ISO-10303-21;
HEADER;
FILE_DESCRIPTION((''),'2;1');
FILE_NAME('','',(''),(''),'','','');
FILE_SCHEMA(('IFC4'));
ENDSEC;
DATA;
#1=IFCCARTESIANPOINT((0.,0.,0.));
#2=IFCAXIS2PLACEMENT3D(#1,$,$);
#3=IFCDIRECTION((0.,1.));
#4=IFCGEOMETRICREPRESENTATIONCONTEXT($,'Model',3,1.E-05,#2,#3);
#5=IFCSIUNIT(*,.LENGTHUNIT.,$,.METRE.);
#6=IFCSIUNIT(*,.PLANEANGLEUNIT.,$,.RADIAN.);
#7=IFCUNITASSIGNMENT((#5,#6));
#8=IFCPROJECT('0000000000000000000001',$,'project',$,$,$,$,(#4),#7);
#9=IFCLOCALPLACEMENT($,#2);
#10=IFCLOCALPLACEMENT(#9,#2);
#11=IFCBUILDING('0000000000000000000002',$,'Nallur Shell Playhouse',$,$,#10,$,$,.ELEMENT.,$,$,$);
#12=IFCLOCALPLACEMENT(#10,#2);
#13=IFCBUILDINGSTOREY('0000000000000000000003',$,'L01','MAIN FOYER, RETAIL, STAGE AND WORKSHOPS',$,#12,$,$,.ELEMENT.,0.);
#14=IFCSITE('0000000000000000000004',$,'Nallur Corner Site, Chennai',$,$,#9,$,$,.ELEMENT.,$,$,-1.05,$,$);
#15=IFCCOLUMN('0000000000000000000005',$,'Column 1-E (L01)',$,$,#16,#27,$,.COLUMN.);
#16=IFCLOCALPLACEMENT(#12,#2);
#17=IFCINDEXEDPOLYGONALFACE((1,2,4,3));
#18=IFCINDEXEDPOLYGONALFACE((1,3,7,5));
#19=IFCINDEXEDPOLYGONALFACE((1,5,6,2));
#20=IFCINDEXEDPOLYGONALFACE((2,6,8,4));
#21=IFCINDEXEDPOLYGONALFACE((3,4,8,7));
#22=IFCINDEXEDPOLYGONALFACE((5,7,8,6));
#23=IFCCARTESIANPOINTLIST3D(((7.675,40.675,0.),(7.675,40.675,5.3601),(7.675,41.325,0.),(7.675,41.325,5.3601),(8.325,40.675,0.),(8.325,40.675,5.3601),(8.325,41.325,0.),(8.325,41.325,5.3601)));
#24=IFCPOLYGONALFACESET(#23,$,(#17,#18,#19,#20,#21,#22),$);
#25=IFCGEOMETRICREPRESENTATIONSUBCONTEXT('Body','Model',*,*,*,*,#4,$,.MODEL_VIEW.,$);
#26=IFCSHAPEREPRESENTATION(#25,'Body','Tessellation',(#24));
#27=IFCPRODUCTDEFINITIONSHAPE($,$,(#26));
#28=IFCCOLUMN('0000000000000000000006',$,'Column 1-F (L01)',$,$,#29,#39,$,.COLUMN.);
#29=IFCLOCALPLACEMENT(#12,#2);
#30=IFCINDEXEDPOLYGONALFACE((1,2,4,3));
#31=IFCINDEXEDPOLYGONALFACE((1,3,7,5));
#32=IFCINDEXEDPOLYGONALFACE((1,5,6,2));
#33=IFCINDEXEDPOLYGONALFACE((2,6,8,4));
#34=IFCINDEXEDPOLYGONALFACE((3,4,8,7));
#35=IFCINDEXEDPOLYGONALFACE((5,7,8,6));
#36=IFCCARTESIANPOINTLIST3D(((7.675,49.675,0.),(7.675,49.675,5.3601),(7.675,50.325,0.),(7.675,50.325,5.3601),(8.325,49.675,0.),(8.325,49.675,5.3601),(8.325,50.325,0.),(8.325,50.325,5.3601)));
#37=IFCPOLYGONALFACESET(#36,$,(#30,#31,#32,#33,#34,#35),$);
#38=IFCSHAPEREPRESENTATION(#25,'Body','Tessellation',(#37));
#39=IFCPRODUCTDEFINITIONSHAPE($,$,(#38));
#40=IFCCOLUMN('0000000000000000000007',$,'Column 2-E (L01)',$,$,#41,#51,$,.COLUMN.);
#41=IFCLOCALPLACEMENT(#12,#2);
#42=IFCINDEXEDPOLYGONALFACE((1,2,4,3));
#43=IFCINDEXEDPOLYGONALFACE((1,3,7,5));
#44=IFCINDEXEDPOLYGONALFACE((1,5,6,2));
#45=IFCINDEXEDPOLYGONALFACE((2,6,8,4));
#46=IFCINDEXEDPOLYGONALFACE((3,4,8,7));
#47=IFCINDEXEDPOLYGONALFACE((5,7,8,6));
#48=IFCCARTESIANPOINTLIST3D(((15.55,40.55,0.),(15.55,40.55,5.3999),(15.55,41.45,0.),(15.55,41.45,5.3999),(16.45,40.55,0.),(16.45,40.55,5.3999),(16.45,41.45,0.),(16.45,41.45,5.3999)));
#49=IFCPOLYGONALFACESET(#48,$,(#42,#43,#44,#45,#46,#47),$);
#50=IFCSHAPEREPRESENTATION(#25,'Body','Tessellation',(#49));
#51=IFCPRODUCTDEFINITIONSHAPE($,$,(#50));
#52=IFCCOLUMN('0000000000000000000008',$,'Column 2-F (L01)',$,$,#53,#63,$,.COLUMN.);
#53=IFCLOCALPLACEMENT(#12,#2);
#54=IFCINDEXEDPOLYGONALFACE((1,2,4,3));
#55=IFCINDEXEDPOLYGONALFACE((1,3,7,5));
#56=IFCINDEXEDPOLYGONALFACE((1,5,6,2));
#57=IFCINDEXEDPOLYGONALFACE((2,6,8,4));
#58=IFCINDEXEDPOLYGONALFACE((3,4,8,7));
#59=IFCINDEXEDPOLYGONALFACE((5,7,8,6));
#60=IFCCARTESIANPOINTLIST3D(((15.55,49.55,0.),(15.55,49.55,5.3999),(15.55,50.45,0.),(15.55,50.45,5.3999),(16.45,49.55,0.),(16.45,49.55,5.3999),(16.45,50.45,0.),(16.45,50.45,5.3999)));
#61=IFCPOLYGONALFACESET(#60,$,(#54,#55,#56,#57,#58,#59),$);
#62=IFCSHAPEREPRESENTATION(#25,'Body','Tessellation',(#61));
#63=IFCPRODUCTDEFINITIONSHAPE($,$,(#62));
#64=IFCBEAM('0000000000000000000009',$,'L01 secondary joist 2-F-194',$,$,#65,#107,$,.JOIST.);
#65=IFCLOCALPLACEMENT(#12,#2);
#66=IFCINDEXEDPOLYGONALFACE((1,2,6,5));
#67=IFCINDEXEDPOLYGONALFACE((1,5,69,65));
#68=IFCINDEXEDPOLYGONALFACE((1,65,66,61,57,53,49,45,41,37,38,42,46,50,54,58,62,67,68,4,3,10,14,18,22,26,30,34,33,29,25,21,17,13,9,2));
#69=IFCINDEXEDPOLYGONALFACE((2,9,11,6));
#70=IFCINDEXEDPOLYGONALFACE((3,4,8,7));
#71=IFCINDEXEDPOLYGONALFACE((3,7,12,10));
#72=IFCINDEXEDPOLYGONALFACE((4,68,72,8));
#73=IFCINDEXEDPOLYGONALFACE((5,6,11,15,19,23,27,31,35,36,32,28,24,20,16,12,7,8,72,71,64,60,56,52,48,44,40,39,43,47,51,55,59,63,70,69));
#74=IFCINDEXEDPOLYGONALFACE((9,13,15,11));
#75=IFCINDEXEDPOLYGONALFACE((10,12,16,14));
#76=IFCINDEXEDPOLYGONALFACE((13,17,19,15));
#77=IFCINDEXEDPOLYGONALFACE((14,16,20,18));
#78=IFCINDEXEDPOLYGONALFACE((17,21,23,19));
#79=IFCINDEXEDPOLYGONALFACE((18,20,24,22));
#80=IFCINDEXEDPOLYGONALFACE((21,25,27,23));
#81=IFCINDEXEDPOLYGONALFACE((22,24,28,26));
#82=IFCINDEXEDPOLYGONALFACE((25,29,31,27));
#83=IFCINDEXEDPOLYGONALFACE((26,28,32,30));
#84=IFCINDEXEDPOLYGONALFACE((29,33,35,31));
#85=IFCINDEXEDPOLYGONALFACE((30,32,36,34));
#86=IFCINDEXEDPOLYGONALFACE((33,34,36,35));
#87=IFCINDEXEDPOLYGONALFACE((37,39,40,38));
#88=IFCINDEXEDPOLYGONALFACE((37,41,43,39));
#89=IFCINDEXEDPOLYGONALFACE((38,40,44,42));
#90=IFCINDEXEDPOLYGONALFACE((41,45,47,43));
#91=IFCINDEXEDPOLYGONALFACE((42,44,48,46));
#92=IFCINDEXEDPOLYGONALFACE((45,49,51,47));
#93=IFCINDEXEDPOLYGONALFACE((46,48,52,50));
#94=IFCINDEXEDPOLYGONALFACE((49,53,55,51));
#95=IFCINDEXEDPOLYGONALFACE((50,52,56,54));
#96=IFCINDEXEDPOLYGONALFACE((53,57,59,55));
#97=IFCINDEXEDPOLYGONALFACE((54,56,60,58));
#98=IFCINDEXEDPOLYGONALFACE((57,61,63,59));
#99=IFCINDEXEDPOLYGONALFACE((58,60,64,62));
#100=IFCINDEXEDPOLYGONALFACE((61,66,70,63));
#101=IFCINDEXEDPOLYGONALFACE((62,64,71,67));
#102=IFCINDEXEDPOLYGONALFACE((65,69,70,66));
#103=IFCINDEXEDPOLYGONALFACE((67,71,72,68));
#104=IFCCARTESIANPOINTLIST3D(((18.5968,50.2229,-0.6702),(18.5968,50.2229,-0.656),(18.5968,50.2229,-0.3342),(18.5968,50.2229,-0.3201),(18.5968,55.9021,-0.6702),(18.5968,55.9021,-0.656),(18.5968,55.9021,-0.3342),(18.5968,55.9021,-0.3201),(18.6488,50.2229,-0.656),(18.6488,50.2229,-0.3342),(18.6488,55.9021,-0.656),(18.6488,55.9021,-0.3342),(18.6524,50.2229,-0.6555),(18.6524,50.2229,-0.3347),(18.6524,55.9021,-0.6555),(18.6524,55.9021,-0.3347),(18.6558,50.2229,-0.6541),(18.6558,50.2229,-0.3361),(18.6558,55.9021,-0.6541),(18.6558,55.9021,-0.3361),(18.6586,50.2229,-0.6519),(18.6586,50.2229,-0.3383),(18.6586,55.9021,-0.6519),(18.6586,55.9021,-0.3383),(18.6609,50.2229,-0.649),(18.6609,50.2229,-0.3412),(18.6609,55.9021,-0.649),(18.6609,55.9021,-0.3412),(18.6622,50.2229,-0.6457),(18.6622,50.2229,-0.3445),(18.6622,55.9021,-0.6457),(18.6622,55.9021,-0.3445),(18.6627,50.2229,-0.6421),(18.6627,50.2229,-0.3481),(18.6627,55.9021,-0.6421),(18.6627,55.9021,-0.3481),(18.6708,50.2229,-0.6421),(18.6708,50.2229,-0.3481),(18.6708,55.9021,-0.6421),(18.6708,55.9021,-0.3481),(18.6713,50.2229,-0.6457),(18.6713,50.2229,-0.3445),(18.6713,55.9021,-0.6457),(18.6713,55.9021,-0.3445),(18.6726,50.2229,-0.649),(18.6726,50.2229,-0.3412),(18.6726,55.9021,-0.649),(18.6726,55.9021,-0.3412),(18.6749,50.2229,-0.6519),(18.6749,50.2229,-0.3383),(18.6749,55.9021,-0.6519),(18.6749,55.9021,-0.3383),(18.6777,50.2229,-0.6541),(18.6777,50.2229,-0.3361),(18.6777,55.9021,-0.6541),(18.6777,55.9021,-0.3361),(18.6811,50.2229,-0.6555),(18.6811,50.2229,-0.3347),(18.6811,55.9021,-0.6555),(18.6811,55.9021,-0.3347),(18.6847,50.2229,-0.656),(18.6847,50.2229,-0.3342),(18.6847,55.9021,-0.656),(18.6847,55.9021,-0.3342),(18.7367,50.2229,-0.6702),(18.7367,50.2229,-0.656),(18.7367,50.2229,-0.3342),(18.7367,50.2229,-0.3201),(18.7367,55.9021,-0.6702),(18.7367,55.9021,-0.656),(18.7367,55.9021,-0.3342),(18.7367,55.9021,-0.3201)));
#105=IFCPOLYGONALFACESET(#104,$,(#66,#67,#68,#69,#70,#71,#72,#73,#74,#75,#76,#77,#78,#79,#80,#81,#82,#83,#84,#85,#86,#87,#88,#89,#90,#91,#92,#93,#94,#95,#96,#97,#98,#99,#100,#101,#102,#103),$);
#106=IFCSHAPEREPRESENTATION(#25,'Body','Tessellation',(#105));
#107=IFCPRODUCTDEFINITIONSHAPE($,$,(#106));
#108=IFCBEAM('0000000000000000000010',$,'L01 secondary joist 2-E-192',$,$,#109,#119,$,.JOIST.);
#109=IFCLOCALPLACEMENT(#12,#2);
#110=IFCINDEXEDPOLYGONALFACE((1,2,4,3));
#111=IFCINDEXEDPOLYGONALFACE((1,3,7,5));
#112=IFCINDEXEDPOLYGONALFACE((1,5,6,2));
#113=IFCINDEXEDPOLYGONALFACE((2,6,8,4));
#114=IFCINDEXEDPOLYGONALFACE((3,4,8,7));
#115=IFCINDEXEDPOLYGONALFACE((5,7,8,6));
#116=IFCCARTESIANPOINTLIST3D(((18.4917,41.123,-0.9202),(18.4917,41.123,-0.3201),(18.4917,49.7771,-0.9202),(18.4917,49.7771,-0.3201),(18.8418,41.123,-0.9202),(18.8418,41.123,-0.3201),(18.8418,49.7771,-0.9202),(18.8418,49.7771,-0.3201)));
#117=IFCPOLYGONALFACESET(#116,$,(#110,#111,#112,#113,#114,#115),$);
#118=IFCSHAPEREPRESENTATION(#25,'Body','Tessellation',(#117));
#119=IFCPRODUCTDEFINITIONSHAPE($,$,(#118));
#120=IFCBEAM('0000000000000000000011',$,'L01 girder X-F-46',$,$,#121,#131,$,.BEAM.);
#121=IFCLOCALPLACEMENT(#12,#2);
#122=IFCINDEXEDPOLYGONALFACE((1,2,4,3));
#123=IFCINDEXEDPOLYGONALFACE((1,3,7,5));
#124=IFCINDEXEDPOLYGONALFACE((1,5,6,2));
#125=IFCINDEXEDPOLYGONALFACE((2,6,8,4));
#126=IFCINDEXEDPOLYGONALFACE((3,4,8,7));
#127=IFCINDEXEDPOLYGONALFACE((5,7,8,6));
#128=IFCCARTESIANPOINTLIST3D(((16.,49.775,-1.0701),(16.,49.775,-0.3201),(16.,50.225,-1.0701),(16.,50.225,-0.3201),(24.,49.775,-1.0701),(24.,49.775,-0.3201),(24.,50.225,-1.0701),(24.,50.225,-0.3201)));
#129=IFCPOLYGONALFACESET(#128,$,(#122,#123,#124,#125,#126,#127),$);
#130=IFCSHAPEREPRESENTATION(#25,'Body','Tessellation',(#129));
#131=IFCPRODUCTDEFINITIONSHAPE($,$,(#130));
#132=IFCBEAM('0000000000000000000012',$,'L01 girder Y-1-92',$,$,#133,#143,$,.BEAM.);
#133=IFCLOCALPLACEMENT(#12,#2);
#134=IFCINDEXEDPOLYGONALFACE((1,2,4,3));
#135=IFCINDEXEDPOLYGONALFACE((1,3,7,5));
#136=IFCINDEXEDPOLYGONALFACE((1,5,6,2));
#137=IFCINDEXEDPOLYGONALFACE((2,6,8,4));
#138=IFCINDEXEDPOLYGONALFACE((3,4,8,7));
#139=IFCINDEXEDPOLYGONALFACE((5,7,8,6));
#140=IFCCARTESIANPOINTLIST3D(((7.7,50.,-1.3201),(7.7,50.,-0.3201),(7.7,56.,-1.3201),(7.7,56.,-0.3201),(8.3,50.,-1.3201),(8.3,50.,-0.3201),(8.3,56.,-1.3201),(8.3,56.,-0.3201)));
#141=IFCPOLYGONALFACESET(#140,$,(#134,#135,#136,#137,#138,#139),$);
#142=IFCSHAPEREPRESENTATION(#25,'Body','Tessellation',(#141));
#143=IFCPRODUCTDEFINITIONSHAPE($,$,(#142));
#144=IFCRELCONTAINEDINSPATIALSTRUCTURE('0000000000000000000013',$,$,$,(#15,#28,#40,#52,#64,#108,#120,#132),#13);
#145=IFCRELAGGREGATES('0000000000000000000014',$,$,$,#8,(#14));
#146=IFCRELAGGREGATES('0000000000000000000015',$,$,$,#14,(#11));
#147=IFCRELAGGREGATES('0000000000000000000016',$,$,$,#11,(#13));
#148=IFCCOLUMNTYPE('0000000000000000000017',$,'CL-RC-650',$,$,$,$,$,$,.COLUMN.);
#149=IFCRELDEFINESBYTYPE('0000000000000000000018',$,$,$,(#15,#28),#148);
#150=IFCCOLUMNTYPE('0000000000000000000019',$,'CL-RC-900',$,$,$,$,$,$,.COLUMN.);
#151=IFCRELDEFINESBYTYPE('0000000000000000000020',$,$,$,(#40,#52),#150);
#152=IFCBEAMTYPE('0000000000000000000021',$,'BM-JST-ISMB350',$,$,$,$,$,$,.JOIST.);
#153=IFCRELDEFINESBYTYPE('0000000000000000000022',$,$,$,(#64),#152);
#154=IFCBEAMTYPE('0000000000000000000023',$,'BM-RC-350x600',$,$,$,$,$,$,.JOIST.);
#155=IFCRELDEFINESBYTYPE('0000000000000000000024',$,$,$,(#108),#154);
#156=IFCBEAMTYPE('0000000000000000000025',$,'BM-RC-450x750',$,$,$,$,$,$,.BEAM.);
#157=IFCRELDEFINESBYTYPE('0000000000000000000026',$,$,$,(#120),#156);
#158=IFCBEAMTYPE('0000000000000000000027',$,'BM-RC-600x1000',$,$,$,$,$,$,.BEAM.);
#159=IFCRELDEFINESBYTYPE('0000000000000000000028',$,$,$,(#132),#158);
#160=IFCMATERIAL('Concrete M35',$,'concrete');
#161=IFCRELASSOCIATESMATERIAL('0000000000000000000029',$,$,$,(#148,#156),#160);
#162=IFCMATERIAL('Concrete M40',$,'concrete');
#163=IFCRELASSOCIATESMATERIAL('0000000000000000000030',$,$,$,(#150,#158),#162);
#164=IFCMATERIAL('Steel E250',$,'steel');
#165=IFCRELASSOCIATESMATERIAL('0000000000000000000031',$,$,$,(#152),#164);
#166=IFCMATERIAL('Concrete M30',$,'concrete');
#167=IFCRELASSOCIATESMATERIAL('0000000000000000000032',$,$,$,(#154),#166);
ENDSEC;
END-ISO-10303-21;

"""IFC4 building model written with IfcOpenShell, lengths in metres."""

from ifc_helpers import new_model, si_unit, direction, frame, origin, origin_2d, place, context, subcontext, project, spatial, rectangle, i_section, extrude, material, material_profile, profile_set, type_object, element, save


model = new_model("IFC4")

# Units and contexts
model_context = context("Model", 3, precision=1e-05, world=origin(), true_north=direction((0.0, 1.0)))
body_context = subcontext(model_context, "Body", "Model", "MODEL_VIEW")
ifc_project = project(units=[si_unit("LENGTHUNIT", "METRE"), si_unit("PLANEANGLEUNIT", "RADIAN")], contexts=[model_context])

# Site, building, storey
site_placement = place(None, origin())
site = spatial("IfcSite", under=ifc_project, at=site_placement, Name="Nallur Corner Site, Chennai", CompositionType="ELEMENT", RefElevation=-1.05)
building_placement = place(site_placement, origin())
building = spatial("IfcBuilding", under=site, at=building_placement, Name="Nallur Shell Playhouse", CompositionType="ELEMENT")
storey_placement = place(building_placement, origin())
storey = spatial("IfcBuildingStorey", under=building, at=storey_placement, Name="L01", Description="MAIN FOYER, RETAIL, STAGE AND WORKSHOPS", CompositionType="ELEMENT", Elevation=0.0)

# Columns
ifc_material_1 = material(Name="Concrete M35", Category="concrete")
ifc_material_profile_1 = material_profile(ifc_material_1, rectangle(XDim=0.6499, YDim=0.6499, at=origin_2d()), Name="RC 650x650")
ifc_profile_set_1 = profile_set([ifc_material_profile_1], Name="Concrete M35")
column_type_1 = type_object("IfcColumnType", Name="CL-RC-650", PredefinedType="COLUMN", material=ifc_profile_set_1)
for number, where, z_axis, x_axis, name in (
    (1, (8.0, 41.0, 0.0), (0.0, 0.0, 1.0), (1.0, 0.0, 0.0), "Column 1-E (L01)"),
    (2, (8.0, 50.0, 0.0), (0.0, 0.0, 1.0), (1.0, 0.0, 0.0), "Column 1-F (L01)"),
):
    element("IfcColumn", number, at=place(storey_placement, frame(where, z_axis=z_axis, x_axis=x_axis)), inside=storey, type_object=column_type_1, Name=name, PredefinedType="COLUMN", context=body_context, shape_type="SweptSolid", body=[
        extrude(rectangle(XDim=0.6499, YDim=0.6499, at=origin_2d()), origin(), (0.0, 0.0, 1.0), 5.3601),
    ])
ifc_material_2 = material(Name="Concrete M40", Category="concrete")
ifc_material_profile_2 = material_profile(ifc_material_2, rectangle(XDim=0.8999, YDim=0.8999, at=origin_2d()), Name="RC 900x900")
ifc_profile_set_2 = profile_set([ifc_material_profile_2], Name="Concrete M40")
column_type_2 = type_object("IfcColumnType", Name="CL-RC-900", PredefinedType="COLUMN", material=ifc_profile_set_2)
for number, where, z_axis, x_axis, name in (
    (3, (16.0, 41.0, 0.0), (0.0, 0.0, 1.0), (1.0, 0.0, 0.0), "Column 2-E (L01)"),
    (4, (16.0, 50.0, 0.0), (0.0, 0.0, 1.0), (1.0, 0.0, 0.0), "Column 2-F (L01)"),
):
    element("IfcColumn", number, at=place(storey_placement, frame(where, z_axis=z_axis, x_axis=x_axis)), inside=storey, type_object=column_type_2, Name=name, PredefinedType="COLUMN", context=body_context, shape_type="SweptSolid", body=[
        extrude(rectangle(XDim=0.8999, YDim=0.8999, at=origin_2d()), origin(), (0.0, 0.0, 1.0), 5.3999),
    ])

# Beams
ifc_material_3 = material(Name="Steel E250", Category="steel")
ifc_material_profile_3 = material_profile(ifc_material_3, i_section(OverallWidth=0.1399, OverallDepth=0.3501, WebThickness=0.0081, FlangeThickness=0.0142, FilletRadius=0.0139, at=origin_2d()), Name="ISMB 350")
ifc_profile_set_3 = profile_set([ifc_material_profile_3], Name="Steel E250")
beam_type_1 = type_object("IfcBeamType", Name="BM-JST-ISMB350", PredefinedType="JOIST", material=ifc_profile_set_3)
beam_1_placement = place(storey_placement, frame((18.6667, 50.2229, -0.4951), z_axis=(0.0, 1.0, 0.0), x_axis=(-1.0, 0.0, 0.0)))
element("IfcBeam", 5, at=beam_1_placement, inside=storey, type_object=beam_type_1, Name="L01 secondary joist 2-F-194", PredefinedType="JOIST", context=body_context, shape_type="SweptSolid", body=[
    extrude(i_section(OverallWidth=0.1399, OverallDepth=0.3501, WebThickness=0.0081, FlangeThickness=0.0142, FilletRadius=0.0139, at=origin_2d()), origin(), (0.0, 0.0, 1.0), 5.6792),
])
ifc_material_4 = material(Name="Concrete M30", Category="concrete")
ifc_material_profile_4 = material_profile(ifc_material_4, rectangle(XDim=0.3501, YDim=0.6001, at=origin_2d()), Name="RC 350x600")
ifc_profile_set_4 = profile_set([ifc_material_profile_4], Name="Concrete M30")
beam_type_2 = type_object("IfcBeamType", Name="BM-RC-350x600", PredefinedType="JOIST", material=ifc_profile_set_4)
beam_2_placement = place(storey_placement, frame((18.6667, 41.123, -0.6201), z_axis=(0.0, 1.0, 0.0), x_axis=(-1.0, 0.0, 0.0)))
element("IfcBeam", 6, at=beam_2_placement, inside=storey, type_object=beam_type_2, Name="L01 secondary joist 2-E-192", PredefinedType="JOIST", context=body_context, shape_type="SweptSolid", body=[
    extrude(rectangle(XDim=0.3501, YDim=0.6001, at=origin_2d()), origin(), (0.0, 0.0, 1.0), 8.6541),
])
ifc_material_profile_5 = material_profile(ifc_material_1, rectangle(XDim=0.45, YDim=0.75, at=origin_2d()), Name="RC 450x750")
ifc_profile_set_5 = profile_set([ifc_material_profile_5], Name="Concrete M35")
beam_type_3 = type_object("IfcBeamType", Name="BM-RC-450x750", PredefinedType="BEAM", material=ifc_profile_set_5)
beam_3_placement = place(storey_placement, frame((16.0, 50.0, -0.6951), z_axis=(1.0, 0.0, 0.0), x_axis=(0.0, 1.0, 0.0)))
element("IfcBeam", 7, at=beam_3_placement, inside=storey, type_object=beam_type_3, Name="L01 girder X-F-46", PredefinedType="BEAM", context=body_context, shape_type="SweptSolid", body=[
    extrude(rectangle(XDim=0.45, YDim=0.75, at=origin_2d()), origin(), (0.0, 0.0, 1.0), 8.0),
])
ifc_material_profile_6 = material_profile(ifc_material_2, rectangle(XDim=0.6001, YDim=1.0, at=origin_2d()), Name="RC 600x1000")
ifc_profile_set_6 = profile_set([ifc_material_profile_6], Name="Concrete M40")
beam_type_4 = type_object("IfcBeamType", Name="BM-RC-600x1000", PredefinedType="BEAM", material=ifc_profile_set_6)
beam_4_placement = place(storey_placement, frame((8.0, 50.0, -0.8201), z_axis=(0.0, 1.0, 0.0), x_axis=(-1.0, 0.0, 0.0)))
element("IfcBeam", 8, at=beam_4_placement, inside=storey, type_object=beam_type_4, Name="L01 girder Y-1-92", PredefinedType="BEAM", context=body_context, shape_type="SweptSolid", body=[
    extrude(rectangle(XDim=0.6001, YDim=1.0, at=origin_2d()), origin(), (0.0, 0.0, 1.0), 6.0),
])

save(model, "model.ifc")
